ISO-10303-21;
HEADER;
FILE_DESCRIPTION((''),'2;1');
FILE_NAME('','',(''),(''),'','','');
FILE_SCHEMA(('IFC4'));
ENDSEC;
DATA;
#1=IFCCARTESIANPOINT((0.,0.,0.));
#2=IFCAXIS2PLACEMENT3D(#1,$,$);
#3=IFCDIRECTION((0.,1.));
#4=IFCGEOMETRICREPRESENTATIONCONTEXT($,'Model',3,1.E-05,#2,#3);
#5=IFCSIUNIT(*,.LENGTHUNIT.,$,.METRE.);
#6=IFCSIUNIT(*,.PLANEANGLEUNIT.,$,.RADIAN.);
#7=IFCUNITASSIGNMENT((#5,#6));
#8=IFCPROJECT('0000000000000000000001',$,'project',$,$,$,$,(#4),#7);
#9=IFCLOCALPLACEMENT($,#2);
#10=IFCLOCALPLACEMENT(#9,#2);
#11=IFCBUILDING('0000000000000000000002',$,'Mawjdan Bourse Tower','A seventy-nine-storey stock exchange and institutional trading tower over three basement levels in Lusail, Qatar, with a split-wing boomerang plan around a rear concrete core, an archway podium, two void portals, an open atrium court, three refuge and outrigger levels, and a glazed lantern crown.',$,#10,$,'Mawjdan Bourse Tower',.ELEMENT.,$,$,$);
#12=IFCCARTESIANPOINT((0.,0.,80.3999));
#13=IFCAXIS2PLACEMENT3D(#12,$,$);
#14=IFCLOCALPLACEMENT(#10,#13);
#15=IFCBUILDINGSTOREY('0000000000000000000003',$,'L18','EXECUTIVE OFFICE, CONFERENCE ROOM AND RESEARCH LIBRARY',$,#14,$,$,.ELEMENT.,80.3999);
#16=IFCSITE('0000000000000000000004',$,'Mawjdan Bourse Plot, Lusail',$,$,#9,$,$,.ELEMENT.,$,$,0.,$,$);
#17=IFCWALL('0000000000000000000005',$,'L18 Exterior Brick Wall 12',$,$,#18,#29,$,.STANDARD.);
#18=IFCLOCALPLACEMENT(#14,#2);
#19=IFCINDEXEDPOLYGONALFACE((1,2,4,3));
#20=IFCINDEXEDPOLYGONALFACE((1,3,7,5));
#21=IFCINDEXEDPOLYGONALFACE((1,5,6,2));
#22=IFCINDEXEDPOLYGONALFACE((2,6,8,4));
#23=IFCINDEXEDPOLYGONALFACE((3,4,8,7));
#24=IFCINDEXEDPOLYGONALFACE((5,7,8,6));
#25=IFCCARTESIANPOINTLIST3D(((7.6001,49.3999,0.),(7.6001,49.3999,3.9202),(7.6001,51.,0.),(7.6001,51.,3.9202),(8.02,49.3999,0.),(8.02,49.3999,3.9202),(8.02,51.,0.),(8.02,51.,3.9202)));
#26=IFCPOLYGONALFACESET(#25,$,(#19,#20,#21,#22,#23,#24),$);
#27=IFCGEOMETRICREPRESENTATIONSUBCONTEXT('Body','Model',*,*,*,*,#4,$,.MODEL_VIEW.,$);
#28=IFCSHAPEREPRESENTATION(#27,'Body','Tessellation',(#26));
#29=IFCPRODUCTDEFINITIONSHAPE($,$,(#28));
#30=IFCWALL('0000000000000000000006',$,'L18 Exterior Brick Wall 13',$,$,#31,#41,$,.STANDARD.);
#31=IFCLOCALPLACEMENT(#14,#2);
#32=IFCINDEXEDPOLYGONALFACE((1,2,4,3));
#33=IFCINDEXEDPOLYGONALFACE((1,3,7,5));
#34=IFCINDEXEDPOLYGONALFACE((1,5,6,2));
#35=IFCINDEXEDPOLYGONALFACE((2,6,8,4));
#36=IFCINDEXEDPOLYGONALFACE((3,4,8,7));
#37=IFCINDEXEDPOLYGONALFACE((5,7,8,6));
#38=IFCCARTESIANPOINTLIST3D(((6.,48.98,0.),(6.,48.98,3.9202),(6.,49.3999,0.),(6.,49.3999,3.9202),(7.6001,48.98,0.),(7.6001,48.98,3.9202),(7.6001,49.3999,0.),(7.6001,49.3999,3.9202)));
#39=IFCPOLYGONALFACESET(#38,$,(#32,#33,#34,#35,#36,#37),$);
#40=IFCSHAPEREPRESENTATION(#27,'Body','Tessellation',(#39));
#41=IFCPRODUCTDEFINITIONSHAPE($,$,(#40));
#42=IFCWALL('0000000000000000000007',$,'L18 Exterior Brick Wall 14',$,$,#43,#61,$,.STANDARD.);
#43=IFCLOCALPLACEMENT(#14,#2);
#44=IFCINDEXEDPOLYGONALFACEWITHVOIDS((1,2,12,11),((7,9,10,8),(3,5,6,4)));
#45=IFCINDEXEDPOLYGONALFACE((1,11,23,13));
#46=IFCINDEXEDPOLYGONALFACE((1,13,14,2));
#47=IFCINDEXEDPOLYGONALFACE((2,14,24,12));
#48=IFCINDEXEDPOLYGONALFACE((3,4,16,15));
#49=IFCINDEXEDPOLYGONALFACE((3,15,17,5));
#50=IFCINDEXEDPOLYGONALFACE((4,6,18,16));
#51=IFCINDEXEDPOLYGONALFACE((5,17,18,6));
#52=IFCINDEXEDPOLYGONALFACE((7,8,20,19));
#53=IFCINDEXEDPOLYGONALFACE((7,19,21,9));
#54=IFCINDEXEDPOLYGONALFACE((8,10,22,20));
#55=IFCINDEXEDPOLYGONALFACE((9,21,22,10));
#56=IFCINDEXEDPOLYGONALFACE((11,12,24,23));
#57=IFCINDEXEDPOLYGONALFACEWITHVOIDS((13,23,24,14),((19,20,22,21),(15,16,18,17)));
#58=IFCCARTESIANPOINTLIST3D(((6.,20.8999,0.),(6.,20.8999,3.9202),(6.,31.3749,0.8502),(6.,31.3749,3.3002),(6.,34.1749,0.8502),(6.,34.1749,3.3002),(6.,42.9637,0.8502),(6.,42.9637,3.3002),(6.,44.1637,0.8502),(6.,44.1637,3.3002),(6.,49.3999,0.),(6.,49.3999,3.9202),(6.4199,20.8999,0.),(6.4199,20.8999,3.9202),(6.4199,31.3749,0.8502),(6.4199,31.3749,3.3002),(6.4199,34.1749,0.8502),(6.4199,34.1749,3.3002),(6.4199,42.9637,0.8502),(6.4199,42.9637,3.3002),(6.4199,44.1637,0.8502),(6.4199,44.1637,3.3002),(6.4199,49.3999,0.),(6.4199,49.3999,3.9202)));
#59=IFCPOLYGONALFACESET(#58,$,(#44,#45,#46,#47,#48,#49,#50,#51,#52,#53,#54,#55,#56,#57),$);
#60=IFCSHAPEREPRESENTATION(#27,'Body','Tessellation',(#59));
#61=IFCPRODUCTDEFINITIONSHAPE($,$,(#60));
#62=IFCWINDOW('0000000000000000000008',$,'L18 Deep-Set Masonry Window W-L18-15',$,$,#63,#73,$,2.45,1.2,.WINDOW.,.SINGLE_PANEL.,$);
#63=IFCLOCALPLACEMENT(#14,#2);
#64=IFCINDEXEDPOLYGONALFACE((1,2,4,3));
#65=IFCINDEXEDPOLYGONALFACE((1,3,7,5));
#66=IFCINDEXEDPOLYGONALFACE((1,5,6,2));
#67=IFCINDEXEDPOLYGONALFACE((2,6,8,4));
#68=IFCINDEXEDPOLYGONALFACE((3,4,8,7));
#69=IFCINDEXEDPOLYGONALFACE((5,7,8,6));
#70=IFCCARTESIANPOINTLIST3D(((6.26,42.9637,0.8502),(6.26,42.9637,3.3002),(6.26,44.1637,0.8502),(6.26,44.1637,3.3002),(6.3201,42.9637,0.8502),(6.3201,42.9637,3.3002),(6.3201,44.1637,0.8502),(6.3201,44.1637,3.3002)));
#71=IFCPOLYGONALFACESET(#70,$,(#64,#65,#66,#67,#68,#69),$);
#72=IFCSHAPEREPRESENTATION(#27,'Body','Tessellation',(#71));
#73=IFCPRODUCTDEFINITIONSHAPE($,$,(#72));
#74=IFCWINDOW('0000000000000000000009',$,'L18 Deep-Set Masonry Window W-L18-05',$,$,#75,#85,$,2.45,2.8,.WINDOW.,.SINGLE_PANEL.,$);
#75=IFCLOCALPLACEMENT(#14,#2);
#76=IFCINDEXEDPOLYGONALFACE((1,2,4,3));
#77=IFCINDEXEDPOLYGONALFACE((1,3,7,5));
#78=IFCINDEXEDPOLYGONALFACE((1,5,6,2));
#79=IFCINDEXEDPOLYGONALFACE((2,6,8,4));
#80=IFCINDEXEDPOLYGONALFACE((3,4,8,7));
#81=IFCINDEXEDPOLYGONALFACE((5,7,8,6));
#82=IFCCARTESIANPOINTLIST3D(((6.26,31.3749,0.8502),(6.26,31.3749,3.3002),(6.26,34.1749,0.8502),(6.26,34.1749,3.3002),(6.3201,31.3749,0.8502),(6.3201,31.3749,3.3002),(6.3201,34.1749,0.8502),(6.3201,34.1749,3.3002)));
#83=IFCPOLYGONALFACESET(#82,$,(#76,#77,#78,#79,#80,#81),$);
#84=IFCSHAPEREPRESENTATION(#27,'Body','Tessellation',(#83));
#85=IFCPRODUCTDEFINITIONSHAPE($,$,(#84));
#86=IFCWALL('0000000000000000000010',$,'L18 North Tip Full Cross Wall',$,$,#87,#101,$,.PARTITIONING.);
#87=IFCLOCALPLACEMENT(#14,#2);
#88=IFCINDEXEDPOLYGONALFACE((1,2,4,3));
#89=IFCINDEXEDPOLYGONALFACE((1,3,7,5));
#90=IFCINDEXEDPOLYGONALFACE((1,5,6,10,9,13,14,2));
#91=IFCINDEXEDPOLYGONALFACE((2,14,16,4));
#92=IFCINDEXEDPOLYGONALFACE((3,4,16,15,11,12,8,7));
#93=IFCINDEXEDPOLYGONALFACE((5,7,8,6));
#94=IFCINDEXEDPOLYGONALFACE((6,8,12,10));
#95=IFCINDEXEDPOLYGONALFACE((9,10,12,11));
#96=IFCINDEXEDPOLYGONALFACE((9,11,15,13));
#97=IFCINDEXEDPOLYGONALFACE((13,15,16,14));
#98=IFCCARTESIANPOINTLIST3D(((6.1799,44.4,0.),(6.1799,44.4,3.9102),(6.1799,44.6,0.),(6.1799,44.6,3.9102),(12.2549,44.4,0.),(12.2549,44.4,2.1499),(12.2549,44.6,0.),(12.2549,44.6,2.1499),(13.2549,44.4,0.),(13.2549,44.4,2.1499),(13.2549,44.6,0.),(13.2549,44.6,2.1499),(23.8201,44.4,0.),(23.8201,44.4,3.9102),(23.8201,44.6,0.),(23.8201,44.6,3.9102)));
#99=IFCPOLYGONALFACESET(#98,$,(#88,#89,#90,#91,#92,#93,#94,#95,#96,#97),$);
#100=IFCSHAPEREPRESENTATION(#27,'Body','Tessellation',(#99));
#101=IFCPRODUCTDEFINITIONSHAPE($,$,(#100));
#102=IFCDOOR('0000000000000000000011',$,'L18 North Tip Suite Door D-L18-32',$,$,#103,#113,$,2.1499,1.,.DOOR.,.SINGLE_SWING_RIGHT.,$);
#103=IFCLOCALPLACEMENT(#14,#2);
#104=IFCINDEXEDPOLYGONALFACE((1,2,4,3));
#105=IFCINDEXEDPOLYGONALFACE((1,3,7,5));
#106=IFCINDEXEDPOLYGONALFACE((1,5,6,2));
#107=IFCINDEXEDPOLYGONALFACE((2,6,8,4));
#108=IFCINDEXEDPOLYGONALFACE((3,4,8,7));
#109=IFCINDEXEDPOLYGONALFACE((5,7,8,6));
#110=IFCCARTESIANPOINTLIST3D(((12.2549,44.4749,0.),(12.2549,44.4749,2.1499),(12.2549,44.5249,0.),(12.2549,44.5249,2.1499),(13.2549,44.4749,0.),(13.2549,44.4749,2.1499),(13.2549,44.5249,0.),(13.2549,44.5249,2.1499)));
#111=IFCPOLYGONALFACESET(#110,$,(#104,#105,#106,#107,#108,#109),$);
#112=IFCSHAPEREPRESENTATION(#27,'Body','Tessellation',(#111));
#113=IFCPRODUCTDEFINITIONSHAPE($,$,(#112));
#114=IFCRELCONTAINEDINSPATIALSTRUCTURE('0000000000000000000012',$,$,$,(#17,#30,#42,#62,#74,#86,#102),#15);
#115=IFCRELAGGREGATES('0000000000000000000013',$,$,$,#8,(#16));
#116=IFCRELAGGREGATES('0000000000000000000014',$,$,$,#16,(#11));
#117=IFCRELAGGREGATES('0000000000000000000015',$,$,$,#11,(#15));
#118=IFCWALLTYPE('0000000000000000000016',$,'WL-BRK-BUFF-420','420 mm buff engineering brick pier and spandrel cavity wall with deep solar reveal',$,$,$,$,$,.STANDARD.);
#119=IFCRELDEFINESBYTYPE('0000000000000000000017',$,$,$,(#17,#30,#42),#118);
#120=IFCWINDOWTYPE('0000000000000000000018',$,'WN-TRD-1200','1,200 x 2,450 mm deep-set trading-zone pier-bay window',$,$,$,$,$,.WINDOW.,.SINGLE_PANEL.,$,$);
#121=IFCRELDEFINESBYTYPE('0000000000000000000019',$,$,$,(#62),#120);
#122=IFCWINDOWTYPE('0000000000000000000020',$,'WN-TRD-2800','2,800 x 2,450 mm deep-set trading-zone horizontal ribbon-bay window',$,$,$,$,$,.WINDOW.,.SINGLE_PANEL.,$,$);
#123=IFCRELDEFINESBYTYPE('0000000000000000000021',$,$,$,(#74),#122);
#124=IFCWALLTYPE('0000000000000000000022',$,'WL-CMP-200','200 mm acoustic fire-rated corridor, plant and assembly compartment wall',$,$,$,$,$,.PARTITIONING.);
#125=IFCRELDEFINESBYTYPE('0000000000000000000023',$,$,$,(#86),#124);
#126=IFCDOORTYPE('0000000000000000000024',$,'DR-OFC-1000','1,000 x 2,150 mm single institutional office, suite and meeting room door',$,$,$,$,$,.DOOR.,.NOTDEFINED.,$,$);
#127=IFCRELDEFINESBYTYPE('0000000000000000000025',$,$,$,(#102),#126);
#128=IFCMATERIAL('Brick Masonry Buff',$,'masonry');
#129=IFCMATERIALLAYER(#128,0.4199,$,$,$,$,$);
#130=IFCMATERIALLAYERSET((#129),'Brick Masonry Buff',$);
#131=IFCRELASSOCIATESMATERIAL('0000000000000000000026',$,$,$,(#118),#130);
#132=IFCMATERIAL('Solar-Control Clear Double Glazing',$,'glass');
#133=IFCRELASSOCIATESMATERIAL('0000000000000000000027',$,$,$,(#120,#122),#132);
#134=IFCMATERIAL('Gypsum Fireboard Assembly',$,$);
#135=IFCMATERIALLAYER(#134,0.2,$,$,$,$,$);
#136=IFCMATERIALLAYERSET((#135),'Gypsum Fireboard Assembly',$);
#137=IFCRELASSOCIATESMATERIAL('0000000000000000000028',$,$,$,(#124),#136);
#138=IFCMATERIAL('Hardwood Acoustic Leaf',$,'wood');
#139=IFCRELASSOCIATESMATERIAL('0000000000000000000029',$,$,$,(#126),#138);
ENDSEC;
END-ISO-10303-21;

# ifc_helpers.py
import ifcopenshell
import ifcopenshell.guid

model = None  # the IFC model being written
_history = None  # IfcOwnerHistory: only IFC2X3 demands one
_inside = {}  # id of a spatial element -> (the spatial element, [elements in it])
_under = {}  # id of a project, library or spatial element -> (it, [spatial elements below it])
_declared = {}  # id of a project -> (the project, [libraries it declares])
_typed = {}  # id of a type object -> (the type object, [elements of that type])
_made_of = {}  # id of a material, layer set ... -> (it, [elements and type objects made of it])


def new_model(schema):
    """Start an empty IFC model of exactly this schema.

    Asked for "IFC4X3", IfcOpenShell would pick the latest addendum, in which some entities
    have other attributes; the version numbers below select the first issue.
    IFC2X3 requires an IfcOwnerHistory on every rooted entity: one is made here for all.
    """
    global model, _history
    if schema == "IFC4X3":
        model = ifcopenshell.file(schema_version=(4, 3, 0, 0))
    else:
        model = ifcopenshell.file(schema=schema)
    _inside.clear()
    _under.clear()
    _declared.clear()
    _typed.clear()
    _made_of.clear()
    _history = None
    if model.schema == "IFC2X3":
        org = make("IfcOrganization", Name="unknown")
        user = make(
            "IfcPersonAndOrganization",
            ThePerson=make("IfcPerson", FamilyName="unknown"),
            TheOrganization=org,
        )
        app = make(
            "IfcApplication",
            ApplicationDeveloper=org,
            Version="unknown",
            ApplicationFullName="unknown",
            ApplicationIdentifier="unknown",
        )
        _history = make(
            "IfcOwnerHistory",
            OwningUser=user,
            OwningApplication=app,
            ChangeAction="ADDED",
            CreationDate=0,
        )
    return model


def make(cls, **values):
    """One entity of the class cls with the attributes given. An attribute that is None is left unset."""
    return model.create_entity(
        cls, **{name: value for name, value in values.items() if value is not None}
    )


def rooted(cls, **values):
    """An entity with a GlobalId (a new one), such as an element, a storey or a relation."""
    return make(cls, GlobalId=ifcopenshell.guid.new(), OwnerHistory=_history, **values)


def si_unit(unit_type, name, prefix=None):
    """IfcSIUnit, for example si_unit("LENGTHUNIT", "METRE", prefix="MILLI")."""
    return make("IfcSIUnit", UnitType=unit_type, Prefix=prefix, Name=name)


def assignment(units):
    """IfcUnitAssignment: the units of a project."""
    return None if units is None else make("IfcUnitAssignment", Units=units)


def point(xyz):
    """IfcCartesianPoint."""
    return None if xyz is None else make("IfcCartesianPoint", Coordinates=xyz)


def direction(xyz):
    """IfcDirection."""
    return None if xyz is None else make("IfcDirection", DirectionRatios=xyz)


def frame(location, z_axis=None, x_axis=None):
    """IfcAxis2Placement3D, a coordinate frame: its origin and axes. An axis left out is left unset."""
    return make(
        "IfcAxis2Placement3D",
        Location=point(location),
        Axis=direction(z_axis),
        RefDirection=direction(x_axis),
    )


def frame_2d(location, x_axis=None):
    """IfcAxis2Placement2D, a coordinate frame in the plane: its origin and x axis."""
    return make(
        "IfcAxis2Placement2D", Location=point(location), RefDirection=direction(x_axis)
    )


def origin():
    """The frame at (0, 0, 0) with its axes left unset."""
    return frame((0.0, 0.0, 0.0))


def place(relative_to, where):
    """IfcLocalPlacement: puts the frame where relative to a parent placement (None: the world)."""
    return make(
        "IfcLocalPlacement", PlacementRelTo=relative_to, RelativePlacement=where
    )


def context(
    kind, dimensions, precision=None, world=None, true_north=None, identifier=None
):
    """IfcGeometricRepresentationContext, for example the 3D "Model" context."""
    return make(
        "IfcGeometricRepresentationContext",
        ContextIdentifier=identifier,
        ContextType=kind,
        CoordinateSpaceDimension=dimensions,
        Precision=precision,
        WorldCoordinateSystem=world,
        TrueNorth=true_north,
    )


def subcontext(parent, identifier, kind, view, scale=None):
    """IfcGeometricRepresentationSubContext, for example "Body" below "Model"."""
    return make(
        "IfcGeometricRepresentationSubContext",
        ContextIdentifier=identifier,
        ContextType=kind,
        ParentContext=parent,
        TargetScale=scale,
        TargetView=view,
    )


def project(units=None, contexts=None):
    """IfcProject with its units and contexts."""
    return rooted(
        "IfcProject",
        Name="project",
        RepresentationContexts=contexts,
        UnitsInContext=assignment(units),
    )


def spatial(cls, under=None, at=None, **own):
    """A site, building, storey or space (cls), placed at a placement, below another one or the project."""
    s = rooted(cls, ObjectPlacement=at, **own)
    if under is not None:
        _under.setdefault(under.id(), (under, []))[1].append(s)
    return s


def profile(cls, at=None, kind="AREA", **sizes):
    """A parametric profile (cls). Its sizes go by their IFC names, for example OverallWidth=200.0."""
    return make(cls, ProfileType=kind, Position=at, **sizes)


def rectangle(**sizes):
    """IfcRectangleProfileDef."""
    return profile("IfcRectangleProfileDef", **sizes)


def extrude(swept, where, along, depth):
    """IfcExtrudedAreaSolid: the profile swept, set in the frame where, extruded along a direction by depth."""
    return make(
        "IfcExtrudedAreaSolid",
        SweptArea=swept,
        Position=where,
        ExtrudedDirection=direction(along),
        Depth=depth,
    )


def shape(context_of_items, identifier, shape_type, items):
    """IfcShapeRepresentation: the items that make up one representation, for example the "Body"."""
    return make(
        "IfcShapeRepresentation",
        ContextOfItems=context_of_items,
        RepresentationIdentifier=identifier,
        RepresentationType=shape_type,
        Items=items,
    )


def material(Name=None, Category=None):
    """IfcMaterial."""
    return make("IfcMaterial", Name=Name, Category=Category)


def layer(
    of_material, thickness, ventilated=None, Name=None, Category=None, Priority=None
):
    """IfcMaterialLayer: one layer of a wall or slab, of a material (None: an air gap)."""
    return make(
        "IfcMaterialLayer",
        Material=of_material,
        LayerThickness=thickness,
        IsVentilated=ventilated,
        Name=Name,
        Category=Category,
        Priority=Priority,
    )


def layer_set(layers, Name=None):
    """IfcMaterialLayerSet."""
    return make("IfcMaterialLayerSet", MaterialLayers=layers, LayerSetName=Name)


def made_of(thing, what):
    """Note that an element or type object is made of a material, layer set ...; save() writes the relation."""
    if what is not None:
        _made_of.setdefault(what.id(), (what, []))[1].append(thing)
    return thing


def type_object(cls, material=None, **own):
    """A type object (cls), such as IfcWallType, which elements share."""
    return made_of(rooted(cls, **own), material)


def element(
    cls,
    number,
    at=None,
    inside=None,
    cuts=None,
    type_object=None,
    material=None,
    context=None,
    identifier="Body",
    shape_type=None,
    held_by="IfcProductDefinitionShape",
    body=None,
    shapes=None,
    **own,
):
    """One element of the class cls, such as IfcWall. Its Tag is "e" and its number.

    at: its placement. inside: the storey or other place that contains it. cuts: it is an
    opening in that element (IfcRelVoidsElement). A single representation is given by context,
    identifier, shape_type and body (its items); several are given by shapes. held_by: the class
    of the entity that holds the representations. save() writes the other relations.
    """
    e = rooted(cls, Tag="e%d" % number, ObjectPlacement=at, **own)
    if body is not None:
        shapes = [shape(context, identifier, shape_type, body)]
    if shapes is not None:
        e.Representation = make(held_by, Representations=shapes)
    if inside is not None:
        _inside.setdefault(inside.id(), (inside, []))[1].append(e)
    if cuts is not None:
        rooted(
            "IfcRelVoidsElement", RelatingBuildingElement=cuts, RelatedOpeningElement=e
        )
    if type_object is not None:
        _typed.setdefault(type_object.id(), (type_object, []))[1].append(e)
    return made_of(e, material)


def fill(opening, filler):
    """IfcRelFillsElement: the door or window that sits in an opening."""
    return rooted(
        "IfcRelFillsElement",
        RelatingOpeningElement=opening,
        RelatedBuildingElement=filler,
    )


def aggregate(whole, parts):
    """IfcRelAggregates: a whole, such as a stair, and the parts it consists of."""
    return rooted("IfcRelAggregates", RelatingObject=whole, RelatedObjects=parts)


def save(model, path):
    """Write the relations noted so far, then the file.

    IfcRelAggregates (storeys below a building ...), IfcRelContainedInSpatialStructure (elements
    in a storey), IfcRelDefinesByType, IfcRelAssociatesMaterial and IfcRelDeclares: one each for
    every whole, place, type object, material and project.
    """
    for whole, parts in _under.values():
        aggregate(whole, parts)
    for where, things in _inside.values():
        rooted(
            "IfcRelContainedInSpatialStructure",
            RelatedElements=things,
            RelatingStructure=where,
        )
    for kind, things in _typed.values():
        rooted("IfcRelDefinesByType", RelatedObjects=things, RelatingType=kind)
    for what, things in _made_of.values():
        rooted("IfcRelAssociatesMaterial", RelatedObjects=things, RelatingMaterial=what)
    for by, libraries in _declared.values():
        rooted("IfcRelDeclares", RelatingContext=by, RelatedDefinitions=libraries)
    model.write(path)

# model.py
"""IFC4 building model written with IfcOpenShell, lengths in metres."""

from ifc_helpers import new_model, si_unit, direction, frame, frame_2d, origin, place, context, subcontext, project, spatial, rectangle, extrude, material, layer, layer_set, type_object, element, fill, save


model = new_model("IFC4")

# Units and contexts
model_context = context("Model", 3, precision=1e-05, world=origin(), true_north=direction((0.0, 1.0)))
body_context = subcontext(model_context, "Body", "Model", "MODEL_VIEW")
ifc_project = project(units=[si_unit("LENGTHUNIT", "METRE"), si_unit("PLANEANGLEUNIT", "RADIAN")], contexts=[model_context])

# Site, building, storey
site_placement = place(None, origin())
site = spatial("IfcSite", under=ifc_project, at=site_placement, Name="Mawjdan Bourse Plot, Lusail", CompositionType="ELEMENT", RefElevation=0.0)
building_placement = place(site_placement, origin())
building = spatial("IfcBuilding", under=site, at=building_placement, Name="Mawjdan Bourse Tower", Description="A seventy-nine-storey stock exchange and institutional trading tower over three basement levels in Lusail, Qatar, with a split-wing boomerang plan around a rear concrete core, an archway podium, two void portals, an open atrium court, three refuge and outrigger levels, and a glazed lantern crown.", LongName="Mawjdan Bourse Tower", CompositionType="ELEMENT")
storey_placement = place(building_placement, frame((0.0, 0.0, 80.3999)))
storey = spatial("IfcBuildingStorey", under=building, at=storey_placement, Name="L18", Description="EXECUTIVE OFFICE, CONFERENCE ROOM AND RESEARCH LIBRARY", CompositionType="ELEMENT", Elevation=80.3999)

# Walls
ifc_material_1 = material(Name="Brick Masonry Buff", Category="masonry")
ifc_layer_1 = layer(ifc_material_1, 0.4199)
ifc_layer_set_1 = layer_set([ifc_layer_1], Name="Brick Masonry Buff")
wall_type_1 = type_object("IfcWallType", Name="WL-BRK-BUFF-420", Description="420 mm buff engineering brick pier and spandrel cavity wall with deep solar reveal", PredefinedType="STANDARD", material=ifc_layer_set_1)
for number, where, z_axis, x_axis, name in (
    (1, (7.8101, 51.0, 0.0), (0.0, 0.0, 1.0), (0.0, -1.0, 0.0), "L18 Exterior Brick Wall 12"),
    (2, (7.6001, 49.1899, 0.0), (0.0, 0.0, 1.0), (-1.0, 0.0, 0.0), "L18 Exterior Brick Wall 13"),
):
    element("IfcWall", number, at=place(storey_placement, frame(where, z_axis=z_axis, x_axis=x_axis)), inside=storey, type_object=wall_type_1, Name=name, PredefinedType="STANDARD", context=body_context, shape_type="SweptSolid", body=[
        extrude(rectangle(XDim=1.6001, YDim=0.4199, at=frame_2d((0.8, 0.0))), origin(), (0.0, 0.0, 1.0), 3.9202),
    ])

# Wall, openings, windows
wall_1_placement = place(storey_placement, frame((6.21, 49.3999, 0.0), z_axis=(0.0, 0.0, 1.0), x_axis=(0.0, -1.0, 0.0)))
wall_1 = element("IfcWall", 3, at=wall_1_placement, inside=storey, type_object=wall_type_1, Name="L18 Exterior Brick Wall 14", PredefinedType="STANDARD", context=body_context, shape_type="SweptSolid", body=[
    extrude(rectangle(XDim=28.5, YDim=0.4199, at=frame_2d((14.25, 0.0))), origin(), (0.0, 0.0, 1.0), 3.9202),
])
opening_1_placement = place(wall_1_placement, frame((15.2251, 0.0, 0.8501)))
opening_1 = element("IfcOpeningElement", 4, at=opening_1_placement, cuts=wall_1, PredefinedType="OPENING", context=body_context, shape_type="SweptSolid", body=[
    extrude(rectangle(XDim=2.8, YDim=2.45, at=frame_2d((1.3999, 1.2251))), frame((0.0, 0.22, 0.0), z_axis=(0.0, -1.0, 0.0), x_axis=(1.0, 0.0, 0.0)), (0.0, 0.0, 1.0), 0.4399),
])
opening_2_placement = place(wall_1_placement, frame((5.2361, 0.0, 0.8501)))
opening_2 = element("IfcOpeningElement", 5, at=opening_2_placement, cuts=wall_1, PredefinedType="OPENING", context=body_context, shape_type="SweptSolid", body=[
    extrude(rectangle(XDim=1.2, YDim=2.45, at=frame_2d((0.6001, 1.2251))), frame((0.0, 0.22, 0.0), z_axis=(0.0, -1.0, 0.0), x_axis=(1.0, 0.0, 0.0)), (0.0, 0.0, 1.0), 0.4399),
])
ifc_material_2 = material(Name="Solar-Control Clear Double Glazing", Category="glass")
window_type_1 = type_object("IfcWindowType", Name="WN-TRD-1200", Description="1,200 x 2,450 mm deep-set trading-zone pier-bay window", PartitioningType="SINGLE_PANEL", PredefinedType="WINDOW", material=ifc_material_2)
window_1_placement = place(opening_2_placement, origin())
window_1 = element("IfcWindow", 6, at=window_1_placement, inside=storey, type_object=window_type_1, Name="L18 Deep-Set Masonry Window W-L18-15", OverallHeight=2.45, OverallWidth=1.2, PartitioningType="SINGLE_PANEL", PredefinedType="WINDOW", context=body_context, shape_type="SweptSolid", body=[
    extrude(rectangle(XDim=1.2, YDim=2.45, at=frame_2d((0.6001, 1.2251))), frame((0.0, 0.1101, 0.0), z_axis=(0.0, -1.0, 0.0), x_axis=(1.0, 0.0, 0.0)), (0.0, 0.0, 1.0), 0.0601),
])
fill(opening_2, window_1)
window_type_2 = type_object("IfcWindowType", Name="WN-TRD-2800", Description="2,800 x 2,450 mm deep-set trading-zone horizontal ribbon-bay window", PartitioningType="SINGLE_PANEL", PredefinedType="WINDOW", material=ifc_material_2)
window_2_placement = place(opening_1_placement, origin())
window_2 = element("IfcWindow", 7, at=window_2_placement, inside=storey, type_object=window_type_2, Name="L18 Deep-Set Masonry Window W-L18-05", OverallHeight=2.45, OverallWidth=2.8, PartitioningType="SINGLE_PANEL", PredefinedType="WINDOW", context=body_context, shape_type="SweptSolid", body=[
    extrude(rectangle(XDim=2.8, YDim=2.45, at=frame_2d((1.3999, 1.2251))), frame((0.0, 0.1101, 0.0), z_axis=(0.0, -1.0, 0.0), x_axis=(1.0, 0.0, 0.0)), (0.0, 0.0, 1.0), 0.0601),
])
fill(opening_1, window_2)

# Wall, opening, door
ifc_material_3 = material(Name="Gypsum Fireboard Assembly")
ifc_layer_2 = layer(ifc_material_3, 0.2)
ifc_layer_set_2 = layer_set([ifc_layer_2], Name="Gypsum Fireboard Assembly")
wall_type_2 = type_object("IfcWallType", Name="WL-CMP-200", Description="200 mm acoustic fire-rated corridor, plant and assembly compartment wall", PredefinedType="PARTITIONING", material=ifc_layer_set_2)
wall_2_placement = place(storey_placement, frame((6.1799, 44.5, 0.0), z_axis=(0.0, 0.0, 1.0), x_axis=(1.0, 0.0, 0.0)))
wall_2 = element("IfcWall", 8, at=wall_2_placement, inside=storey, type_object=wall_type_2, Name="L18 North Tip Full Cross Wall", PredefinedType="PARTITIONING", context=body_context, shape_type="SweptSolid", body=[
    extrude(rectangle(XDim=17.6401, YDim=0.2, at=frame_2d((8.8201, 0.0))), origin(), (0.0, 0.0, 1.0), 3.9102),
])
opening_3_placement = place(wall_2_placement, frame((6.075, 0.0, 0.0)))
opening_3 = element("IfcOpeningElement", 9, at=opening_3_placement, cuts=wall_2, PredefinedType="OPENING", context=body_context, shape_type="SweptSolid", body=[
    extrude(rectangle(XDim=1.0, YDim=2.1499, at=frame_2d((0.5, 1.075))), frame((0.0, 0.1099, 0.0), z_axis=(0.0, -1.0, 0.0), x_axis=(1.0, 0.0, 0.0)), (0.0, 0.0, 1.0), 0.22),
])
ifc_material_4 = material(Name="Hardwood Acoustic Leaf", Category="wood")
door_type = type_object("IfcDoorType", Name="DR-OFC-1000", Description="1,000 x 2,150 mm single institutional office, suite and meeting room door", OperationType="NOTDEFINED", PredefinedType="DOOR", material=ifc_material_4)
door_placement = place(opening_3_placement, origin())
door = element("IfcDoor", 10, at=door_placement, inside=storey, type_object=door_type, Name="L18 North Tip Suite Door D-L18-32", OperationType="SINGLE_SWING_RIGHT", OverallHeight=2.1499, OverallWidth=1.0, PredefinedType="DOOR", context=body_context, shape_type="SweptSolid", body=[
    extrude(rectangle(XDim=1.0, YDim=2.1499, at=frame_2d((0.5, 1.075))), frame((0.0, 0.0249, 0.0), z_axis=(0.0, -1.0, 0.0), x_axis=(1.0, 0.0, 0.0)), (0.0, 0.0, 1.0), 0.05),
])
fill(opening_3, door)

save(model, "model.ifc")
